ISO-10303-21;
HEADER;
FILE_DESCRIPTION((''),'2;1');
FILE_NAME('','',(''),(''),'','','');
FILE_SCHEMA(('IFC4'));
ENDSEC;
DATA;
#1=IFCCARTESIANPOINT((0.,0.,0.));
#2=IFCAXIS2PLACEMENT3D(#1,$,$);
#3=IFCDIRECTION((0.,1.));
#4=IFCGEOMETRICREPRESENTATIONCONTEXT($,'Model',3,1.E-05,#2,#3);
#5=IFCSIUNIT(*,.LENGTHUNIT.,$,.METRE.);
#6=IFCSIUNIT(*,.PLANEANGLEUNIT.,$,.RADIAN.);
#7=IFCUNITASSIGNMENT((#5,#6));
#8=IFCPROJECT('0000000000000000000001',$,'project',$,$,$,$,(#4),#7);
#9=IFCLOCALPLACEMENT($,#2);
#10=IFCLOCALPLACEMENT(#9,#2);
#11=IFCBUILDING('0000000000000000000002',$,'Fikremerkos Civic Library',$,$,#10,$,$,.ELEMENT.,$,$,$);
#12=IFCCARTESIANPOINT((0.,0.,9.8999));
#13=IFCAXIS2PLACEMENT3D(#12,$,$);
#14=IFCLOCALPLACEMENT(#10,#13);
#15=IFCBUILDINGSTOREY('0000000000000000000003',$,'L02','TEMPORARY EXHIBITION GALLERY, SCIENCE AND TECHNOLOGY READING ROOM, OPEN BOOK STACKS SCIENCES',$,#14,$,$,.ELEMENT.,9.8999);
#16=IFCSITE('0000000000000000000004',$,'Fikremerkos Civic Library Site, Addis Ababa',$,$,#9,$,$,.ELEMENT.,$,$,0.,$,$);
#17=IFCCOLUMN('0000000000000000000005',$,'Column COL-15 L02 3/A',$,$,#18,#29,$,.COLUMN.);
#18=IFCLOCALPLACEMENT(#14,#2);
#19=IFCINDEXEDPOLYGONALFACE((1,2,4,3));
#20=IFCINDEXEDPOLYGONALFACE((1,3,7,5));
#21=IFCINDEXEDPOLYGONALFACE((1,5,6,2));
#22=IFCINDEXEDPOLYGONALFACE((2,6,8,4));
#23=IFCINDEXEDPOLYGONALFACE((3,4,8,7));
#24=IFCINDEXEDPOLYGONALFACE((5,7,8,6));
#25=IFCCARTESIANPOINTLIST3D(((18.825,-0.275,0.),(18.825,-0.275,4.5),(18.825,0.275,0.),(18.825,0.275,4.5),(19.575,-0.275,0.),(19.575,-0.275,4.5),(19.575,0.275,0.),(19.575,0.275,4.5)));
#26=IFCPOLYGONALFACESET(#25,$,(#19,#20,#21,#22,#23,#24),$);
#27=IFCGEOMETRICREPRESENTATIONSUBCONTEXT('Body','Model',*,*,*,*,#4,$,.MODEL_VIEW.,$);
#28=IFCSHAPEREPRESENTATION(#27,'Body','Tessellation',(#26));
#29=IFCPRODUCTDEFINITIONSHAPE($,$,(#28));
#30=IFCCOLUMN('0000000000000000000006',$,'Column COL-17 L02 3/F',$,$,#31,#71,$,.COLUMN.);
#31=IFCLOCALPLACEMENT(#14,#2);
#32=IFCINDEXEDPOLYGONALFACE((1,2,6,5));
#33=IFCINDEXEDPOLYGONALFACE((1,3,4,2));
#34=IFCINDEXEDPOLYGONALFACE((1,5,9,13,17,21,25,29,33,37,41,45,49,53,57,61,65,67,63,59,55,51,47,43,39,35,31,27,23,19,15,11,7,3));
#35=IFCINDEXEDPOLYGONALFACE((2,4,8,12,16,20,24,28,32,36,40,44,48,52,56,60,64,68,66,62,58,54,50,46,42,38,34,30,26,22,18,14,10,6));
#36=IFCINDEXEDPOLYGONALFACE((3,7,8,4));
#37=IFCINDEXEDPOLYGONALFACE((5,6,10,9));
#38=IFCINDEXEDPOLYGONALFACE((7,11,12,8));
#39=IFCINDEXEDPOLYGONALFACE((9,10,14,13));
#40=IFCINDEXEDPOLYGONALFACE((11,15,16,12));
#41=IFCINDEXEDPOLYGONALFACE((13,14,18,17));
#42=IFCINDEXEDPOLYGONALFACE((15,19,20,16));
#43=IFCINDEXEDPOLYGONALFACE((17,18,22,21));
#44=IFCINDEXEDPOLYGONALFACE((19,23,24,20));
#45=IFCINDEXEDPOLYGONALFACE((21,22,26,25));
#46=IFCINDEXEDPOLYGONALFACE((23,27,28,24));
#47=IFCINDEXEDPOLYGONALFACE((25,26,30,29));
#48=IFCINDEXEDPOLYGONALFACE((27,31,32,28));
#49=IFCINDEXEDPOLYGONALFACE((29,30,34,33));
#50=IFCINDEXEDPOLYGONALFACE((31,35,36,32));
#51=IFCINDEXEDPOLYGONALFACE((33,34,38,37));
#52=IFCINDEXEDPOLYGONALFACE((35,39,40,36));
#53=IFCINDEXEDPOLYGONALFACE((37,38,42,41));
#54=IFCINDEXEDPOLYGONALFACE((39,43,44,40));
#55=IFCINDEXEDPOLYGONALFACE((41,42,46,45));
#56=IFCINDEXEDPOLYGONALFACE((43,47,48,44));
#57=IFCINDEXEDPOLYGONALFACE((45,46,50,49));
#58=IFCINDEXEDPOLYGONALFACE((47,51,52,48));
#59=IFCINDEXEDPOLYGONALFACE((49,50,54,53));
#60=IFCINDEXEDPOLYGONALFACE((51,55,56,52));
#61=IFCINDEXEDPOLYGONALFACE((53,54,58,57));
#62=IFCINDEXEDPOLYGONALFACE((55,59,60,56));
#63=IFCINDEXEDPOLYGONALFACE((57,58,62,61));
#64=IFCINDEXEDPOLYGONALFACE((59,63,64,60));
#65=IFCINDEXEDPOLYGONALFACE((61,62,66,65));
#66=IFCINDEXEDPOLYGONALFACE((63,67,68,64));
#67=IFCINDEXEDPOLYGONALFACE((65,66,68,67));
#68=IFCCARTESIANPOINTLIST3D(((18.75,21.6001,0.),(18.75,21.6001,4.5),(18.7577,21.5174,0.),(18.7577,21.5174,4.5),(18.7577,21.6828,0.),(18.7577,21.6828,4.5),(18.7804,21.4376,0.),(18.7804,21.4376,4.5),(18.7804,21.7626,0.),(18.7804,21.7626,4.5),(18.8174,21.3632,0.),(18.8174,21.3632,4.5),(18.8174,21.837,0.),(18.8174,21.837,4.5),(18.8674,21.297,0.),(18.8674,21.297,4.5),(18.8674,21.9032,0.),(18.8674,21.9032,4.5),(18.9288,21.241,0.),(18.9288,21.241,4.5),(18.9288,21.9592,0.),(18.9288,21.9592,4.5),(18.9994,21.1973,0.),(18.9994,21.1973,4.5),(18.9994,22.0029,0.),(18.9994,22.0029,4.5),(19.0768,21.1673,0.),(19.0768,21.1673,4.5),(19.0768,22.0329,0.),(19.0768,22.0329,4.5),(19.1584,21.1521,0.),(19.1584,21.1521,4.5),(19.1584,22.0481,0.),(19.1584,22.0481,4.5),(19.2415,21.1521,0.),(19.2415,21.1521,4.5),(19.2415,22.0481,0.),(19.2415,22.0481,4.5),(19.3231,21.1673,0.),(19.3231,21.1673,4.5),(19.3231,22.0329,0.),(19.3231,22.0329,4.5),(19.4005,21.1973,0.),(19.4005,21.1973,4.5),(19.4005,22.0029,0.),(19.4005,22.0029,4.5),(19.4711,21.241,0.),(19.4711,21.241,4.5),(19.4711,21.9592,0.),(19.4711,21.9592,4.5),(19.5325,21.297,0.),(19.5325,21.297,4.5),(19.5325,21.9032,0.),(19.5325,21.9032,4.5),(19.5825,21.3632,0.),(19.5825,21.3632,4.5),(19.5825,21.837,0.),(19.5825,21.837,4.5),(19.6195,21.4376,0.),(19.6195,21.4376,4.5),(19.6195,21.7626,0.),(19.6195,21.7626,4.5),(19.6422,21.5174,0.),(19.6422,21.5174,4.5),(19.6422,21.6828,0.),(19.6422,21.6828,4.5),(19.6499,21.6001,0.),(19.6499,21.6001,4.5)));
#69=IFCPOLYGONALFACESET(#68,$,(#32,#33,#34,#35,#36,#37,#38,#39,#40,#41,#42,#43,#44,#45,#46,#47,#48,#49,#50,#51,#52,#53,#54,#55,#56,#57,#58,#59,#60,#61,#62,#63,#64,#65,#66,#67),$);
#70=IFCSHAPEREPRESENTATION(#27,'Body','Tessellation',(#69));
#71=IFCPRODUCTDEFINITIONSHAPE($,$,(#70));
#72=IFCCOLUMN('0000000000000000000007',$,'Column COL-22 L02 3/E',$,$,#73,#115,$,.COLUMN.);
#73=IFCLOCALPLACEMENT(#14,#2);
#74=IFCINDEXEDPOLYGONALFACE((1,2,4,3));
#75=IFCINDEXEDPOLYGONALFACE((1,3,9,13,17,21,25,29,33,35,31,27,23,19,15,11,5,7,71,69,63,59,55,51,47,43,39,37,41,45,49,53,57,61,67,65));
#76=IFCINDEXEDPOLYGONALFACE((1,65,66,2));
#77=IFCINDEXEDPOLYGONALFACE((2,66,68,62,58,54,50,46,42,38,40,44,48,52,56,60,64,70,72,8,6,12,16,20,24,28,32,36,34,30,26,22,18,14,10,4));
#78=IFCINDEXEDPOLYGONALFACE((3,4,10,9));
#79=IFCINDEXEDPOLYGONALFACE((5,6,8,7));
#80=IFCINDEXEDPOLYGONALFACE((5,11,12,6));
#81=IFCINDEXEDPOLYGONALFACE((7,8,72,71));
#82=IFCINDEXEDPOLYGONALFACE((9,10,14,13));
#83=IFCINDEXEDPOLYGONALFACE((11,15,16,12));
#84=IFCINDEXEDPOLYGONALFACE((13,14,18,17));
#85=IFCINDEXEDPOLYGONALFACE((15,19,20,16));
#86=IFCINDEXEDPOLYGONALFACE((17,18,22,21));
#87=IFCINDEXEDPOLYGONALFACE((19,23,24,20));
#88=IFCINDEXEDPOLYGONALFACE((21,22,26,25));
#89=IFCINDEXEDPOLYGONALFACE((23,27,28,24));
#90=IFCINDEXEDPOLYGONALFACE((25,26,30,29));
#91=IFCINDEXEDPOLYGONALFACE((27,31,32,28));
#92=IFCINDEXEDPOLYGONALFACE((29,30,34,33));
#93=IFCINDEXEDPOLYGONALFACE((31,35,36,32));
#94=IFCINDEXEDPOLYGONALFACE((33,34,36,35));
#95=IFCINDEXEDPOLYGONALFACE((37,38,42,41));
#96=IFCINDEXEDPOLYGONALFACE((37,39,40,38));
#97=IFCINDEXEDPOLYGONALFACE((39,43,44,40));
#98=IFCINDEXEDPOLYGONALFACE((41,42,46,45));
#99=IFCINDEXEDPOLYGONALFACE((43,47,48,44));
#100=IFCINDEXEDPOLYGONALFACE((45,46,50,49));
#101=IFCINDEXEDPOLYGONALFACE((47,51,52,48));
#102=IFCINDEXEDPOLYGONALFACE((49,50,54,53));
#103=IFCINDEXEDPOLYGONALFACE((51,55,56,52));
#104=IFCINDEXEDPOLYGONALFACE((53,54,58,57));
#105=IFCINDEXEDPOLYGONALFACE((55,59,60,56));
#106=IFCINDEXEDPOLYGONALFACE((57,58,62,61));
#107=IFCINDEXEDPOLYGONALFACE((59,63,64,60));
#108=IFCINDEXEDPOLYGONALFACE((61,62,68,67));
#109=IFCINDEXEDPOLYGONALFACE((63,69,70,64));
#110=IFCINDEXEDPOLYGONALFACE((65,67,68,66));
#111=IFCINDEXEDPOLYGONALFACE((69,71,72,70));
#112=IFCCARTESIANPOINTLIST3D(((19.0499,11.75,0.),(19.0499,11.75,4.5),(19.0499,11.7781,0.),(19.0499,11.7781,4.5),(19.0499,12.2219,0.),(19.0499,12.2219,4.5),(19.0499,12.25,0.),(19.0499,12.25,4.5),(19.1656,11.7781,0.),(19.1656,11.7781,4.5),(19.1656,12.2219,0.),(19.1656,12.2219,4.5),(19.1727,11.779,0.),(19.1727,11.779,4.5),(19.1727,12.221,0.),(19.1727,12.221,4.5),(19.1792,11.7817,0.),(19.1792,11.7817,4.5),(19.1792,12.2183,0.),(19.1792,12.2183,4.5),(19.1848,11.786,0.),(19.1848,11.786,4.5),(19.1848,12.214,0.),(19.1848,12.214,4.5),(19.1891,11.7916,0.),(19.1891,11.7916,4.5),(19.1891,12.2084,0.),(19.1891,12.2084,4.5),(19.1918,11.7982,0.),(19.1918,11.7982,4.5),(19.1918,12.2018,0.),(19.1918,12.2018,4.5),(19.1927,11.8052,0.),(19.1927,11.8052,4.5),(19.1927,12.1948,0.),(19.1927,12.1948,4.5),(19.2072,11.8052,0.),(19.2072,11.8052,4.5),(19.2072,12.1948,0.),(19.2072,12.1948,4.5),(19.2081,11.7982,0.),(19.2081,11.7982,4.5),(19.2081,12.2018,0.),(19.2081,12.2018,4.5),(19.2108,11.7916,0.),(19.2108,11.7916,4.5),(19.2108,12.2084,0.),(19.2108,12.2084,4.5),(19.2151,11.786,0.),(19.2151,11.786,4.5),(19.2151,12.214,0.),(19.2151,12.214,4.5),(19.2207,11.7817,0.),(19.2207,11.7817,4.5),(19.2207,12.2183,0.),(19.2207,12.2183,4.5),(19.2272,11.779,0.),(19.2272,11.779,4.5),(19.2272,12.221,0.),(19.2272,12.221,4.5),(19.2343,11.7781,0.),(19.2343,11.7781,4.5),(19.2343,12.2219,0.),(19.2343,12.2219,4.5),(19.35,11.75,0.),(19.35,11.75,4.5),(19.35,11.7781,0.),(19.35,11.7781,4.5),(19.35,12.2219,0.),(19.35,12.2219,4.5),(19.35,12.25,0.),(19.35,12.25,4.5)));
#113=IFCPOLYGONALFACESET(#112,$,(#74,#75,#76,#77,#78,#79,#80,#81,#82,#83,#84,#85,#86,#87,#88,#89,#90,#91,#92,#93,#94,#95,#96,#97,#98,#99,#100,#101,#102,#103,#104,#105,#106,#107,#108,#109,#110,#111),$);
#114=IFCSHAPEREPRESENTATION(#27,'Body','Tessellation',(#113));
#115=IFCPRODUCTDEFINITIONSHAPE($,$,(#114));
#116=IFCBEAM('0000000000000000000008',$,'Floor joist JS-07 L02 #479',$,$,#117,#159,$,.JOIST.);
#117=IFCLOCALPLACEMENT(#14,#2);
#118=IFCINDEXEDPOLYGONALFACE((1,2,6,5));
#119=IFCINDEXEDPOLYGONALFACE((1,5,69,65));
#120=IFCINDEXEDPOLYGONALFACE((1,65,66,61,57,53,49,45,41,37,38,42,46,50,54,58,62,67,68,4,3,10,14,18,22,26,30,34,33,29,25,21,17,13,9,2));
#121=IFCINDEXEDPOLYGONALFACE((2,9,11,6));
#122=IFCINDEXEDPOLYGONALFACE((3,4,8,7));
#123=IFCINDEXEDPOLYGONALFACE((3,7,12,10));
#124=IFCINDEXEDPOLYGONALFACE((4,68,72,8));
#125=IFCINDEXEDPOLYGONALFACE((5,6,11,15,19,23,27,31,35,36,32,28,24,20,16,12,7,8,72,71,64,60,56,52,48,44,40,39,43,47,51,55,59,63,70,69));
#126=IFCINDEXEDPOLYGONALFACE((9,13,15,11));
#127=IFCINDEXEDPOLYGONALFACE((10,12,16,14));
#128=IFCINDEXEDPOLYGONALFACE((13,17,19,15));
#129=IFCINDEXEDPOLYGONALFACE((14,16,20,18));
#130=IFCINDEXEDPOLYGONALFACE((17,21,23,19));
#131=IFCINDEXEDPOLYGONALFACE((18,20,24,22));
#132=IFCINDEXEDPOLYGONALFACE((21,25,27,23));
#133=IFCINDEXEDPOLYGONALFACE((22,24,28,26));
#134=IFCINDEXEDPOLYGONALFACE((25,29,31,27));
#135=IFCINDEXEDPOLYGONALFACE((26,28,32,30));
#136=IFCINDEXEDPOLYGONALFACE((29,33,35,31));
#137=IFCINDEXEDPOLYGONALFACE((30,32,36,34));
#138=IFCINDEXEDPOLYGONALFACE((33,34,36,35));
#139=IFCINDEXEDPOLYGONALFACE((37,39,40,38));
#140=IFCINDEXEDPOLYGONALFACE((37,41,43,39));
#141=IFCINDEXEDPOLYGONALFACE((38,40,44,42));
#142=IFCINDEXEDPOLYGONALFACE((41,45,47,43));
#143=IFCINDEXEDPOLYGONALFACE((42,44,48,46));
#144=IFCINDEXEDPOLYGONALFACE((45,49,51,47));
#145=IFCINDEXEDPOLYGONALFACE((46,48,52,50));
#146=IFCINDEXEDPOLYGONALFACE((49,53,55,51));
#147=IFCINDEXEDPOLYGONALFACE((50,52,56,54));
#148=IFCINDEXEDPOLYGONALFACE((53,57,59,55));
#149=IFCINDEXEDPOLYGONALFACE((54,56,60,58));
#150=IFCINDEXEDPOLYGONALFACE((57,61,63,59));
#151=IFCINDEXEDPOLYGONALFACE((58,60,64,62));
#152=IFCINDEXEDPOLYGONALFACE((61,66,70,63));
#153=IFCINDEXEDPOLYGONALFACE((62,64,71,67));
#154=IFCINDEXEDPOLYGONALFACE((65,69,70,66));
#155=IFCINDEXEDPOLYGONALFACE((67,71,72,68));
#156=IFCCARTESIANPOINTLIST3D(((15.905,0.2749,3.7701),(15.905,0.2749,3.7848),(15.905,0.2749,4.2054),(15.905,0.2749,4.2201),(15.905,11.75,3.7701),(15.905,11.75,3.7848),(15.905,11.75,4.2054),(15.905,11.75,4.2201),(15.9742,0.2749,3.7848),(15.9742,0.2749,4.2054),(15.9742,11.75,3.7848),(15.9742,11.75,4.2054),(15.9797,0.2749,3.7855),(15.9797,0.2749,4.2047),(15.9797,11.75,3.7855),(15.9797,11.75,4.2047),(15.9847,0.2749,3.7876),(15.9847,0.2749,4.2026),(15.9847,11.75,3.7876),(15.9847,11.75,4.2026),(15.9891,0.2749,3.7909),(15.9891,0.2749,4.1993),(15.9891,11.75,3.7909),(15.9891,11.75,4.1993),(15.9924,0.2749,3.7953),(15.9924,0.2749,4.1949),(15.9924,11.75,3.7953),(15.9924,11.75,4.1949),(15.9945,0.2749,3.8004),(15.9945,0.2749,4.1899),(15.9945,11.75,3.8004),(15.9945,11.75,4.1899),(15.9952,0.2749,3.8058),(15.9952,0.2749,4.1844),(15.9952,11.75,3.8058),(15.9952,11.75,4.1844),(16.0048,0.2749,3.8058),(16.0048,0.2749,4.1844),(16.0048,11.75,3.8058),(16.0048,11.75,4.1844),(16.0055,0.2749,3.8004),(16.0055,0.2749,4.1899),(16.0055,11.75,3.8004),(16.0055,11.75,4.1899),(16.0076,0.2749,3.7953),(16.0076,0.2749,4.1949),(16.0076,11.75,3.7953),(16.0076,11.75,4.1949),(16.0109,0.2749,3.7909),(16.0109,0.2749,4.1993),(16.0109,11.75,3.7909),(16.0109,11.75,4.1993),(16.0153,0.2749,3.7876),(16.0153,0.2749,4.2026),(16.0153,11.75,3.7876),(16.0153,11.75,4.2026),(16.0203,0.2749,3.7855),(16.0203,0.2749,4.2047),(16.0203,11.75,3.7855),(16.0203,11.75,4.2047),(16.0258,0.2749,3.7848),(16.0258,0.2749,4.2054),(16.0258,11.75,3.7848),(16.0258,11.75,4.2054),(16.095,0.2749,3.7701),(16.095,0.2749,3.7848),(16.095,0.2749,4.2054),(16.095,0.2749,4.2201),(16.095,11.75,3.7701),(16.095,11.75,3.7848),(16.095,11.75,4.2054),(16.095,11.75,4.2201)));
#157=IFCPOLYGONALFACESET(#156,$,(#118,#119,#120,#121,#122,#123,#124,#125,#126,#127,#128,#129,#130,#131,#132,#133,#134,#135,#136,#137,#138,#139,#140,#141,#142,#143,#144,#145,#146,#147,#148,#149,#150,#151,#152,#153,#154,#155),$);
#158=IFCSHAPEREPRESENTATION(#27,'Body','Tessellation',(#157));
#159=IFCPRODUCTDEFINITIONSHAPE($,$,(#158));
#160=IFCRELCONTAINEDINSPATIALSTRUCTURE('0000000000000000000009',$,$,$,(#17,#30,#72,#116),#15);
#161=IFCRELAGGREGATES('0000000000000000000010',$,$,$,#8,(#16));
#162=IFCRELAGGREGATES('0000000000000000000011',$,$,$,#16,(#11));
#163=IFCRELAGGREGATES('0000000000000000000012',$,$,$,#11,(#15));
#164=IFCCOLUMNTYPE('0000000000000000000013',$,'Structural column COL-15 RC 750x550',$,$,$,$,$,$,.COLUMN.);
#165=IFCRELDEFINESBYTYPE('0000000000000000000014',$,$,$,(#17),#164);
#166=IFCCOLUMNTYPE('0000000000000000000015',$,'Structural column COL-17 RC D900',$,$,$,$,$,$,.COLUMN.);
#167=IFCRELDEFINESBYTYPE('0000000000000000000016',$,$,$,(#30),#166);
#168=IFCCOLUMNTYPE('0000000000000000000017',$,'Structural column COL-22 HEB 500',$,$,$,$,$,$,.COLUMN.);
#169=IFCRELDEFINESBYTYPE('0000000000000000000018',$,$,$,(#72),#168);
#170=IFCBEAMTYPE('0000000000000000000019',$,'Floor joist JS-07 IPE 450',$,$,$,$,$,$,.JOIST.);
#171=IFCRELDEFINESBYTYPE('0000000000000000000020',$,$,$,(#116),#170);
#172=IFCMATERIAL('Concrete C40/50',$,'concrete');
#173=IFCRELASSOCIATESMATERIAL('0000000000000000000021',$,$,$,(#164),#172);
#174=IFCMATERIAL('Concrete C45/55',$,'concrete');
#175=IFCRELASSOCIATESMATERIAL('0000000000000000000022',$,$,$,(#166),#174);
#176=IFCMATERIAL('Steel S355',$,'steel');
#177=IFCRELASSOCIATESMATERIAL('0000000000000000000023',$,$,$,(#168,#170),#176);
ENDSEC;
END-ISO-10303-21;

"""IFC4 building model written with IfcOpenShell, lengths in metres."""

from ifc_helpers import new_model, si_unit, direction, frame, origin, origin_2d, place, context, subcontext, project, spatial, rectangle, circle, i_section, extrude, material, material_profile, profile_set, type_object, element, save


model = new_model("IFC4")

# Units and contexts
model_context = context("Model", 3, precision=1e-05, world=origin(), true_north=direction((0.0, 1.0)))
body_context = subcontext(model_context, "Body", "Model", "MODEL_VIEW")
ifc_project = project(units=[si_unit("LENGTHUNIT", "METRE"), si_unit("PLANEANGLEUNIT", "RADIAN")], contexts=[model_context])

# Site, building, storey
site_placement = place(None, origin())
site = spatial("IfcSite", under=ifc_project, at=site_placement, Name="Fikremerkos Civic Library Site, Addis Ababa", CompositionType="ELEMENT", RefElevation=0.0)
building_placement = place(site_placement, origin())
building = spatial("IfcBuilding", under=site, at=building_placement, Name="Fikremerkos Civic Library", CompositionType="ELEMENT")
storey_placement = place(building_placement, frame((0.0, 0.0, 9.8999)))
storey = spatial("IfcBuildingStorey", under=building, at=storey_placement, Name="L02", Description="TEMPORARY EXHIBITION GALLERY, SCIENCE AND TECHNOLOGY READING ROOM, OPEN BOOK STACKS SCIENCES", CompositionType="ELEMENT", Elevation=9.8999)

# Columns
ifc_material_1 = material(Name="Concrete C40/50", Category="concrete")
ifc_material_profile_1 = material_profile(ifc_material_1, rectangle(XDim=0.75, YDim=0.55, at=origin_2d()), Name="RC 750x550")
ifc_profile_set_1 = profile_set([ifc_material_profile_1], Name="Concrete C40/50")
column_type_1 = type_object("IfcColumnType", Name="Structural column COL-15 RC 750x550", PredefinedType="COLUMN", material=ifc_profile_set_1)
column_1_placement = place(storey_placement, frame((19.2, 0.0, 0.0), z_axis=(0.0, 0.0, 1.0), x_axis=(1.0, 0.0, 0.0)))
element("IfcColumn", 1, at=column_1_placement, inside=storey, type_object=column_type_1, Name="Column COL-15 L02 3/A", PredefinedType="COLUMN", context=body_context, shape_type="SweptSolid", body=[
    extrude(rectangle(XDim=0.75, YDim=0.55, at=origin_2d()), origin(), (0.0, 0.0, 1.0), 4.5),
])
ifc_material_2 = material(Name="Concrete C45/55", Category="concrete")
ifc_material_profile_2 = material_profile(ifc_material_2, circle(Radius=0.45, at=origin_2d()), Name="RC D900")
ifc_profile_set_2 = profile_set([ifc_material_profile_2], Name="Concrete C45/55")
column_type_2 = type_object("IfcColumnType", Name="Structural column COL-17 RC D900", PredefinedType="COLUMN", material=ifc_profile_set_2)
column_2_placement = place(storey_placement, frame((19.2, 21.6001, 0.0), z_axis=(0.0, 0.0, 1.0), x_axis=(1.0, 0.0, 0.0)))
element("IfcColumn", 2, at=column_2_placement, inside=storey, type_object=column_type_2, Name="Column COL-17 L02 3/F", PredefinedType="COLUMN", context=body_context, shape_type="SweptSolid", body=[
    extrude(circle(Radius=0.45, at=origin_2d()), origin(), (0.0, 0.0, 1.0), 4.5),
])
ifc_material_3 = material(Name="Steel S355", Category="steel")
ifc_material_profile_3 = material_profile(ifc_material_3, i_section(OverallWidth=0.3, OverallDepth=0.5, WebThickness=0.0144, FlangeThickness=0.0281, FilletRadius=0.0271, at=origin_2d()), Name="HEB 500")
ifc_profile_set_3 = profile_set([ifc_material_profile_3], Name="Steel S355")
column_type_3 = type_object("IfcColumnType", Name="Structural column COL-22 HEB 500", PredefinedType="COLUMN", material=ifc_profile_set_3)
column_3_placement = place(storey_placement, frame((19.2, 12.0, 0.0), z_axis=(0.0, 0.0, 1.0), x_axis=(1.0, 0.0, 0.0)))
element("IfcColumn", 3, at=column_3_placement, inside=storey, type_object=column_type_3, Name="Column COL-22 L02 3/E", PredefinedType="COLUMN", context=body_context, shape_type="SweptSolid", body=[
    extrude(i_section(OverallWidth=0.3, OverallDepth=0.5, WebThickness=0.0144, FlangeThickness=0.0281, FilletRadius=0.0271, at=origin_2d()), origin(), (0.0, 0.0, 1.0), 4.5),
])

# Beam
ifc_material_profile_4 = material_profile(ifc_material_3, i_section(OverallWidth=0.1899, OverallDepth=0.45, WebThickness=0.0095, FlangeThickness=0.0146, FilletRadius=0.021, at=origin_2d()), Name="IPE 450")
ifc_profile_set_4 = profile_set([ifc_material_profile_4], Name="Steel S355")
beam_type_1 = type_object("IfcBeamType", Name="Floor joist JS-07 IPE 450", PredefinedType="JOIST", material=ifc_profile_set_4)
beam_1_placement = place(storey_placement, frame((16.0, 0.2749, 3.9951), z_axis=(0.0, 1.0, 0.0), x_axis=(-1.0, 0.0, 0.0)))
element("IfcBeam", 4, at=beam_1_placement, inside=storey, type_object=beam_type_1, Name="Floor joist JS-07 L02 #479", PredefinedType="JOIST", context=body_context, shape_type="SweptSolid", body=[
    extrude(i_section(OverallWidth=0.1899, OverallDepth=0.45, WebThickness=0.0095, FlangeThickness=0.0146, FilletRadius=0.021, at=origin_2d()), origin(), (0.0, 0.0, 1.0), 11.4751),
])

save(model, "model.ifc")
